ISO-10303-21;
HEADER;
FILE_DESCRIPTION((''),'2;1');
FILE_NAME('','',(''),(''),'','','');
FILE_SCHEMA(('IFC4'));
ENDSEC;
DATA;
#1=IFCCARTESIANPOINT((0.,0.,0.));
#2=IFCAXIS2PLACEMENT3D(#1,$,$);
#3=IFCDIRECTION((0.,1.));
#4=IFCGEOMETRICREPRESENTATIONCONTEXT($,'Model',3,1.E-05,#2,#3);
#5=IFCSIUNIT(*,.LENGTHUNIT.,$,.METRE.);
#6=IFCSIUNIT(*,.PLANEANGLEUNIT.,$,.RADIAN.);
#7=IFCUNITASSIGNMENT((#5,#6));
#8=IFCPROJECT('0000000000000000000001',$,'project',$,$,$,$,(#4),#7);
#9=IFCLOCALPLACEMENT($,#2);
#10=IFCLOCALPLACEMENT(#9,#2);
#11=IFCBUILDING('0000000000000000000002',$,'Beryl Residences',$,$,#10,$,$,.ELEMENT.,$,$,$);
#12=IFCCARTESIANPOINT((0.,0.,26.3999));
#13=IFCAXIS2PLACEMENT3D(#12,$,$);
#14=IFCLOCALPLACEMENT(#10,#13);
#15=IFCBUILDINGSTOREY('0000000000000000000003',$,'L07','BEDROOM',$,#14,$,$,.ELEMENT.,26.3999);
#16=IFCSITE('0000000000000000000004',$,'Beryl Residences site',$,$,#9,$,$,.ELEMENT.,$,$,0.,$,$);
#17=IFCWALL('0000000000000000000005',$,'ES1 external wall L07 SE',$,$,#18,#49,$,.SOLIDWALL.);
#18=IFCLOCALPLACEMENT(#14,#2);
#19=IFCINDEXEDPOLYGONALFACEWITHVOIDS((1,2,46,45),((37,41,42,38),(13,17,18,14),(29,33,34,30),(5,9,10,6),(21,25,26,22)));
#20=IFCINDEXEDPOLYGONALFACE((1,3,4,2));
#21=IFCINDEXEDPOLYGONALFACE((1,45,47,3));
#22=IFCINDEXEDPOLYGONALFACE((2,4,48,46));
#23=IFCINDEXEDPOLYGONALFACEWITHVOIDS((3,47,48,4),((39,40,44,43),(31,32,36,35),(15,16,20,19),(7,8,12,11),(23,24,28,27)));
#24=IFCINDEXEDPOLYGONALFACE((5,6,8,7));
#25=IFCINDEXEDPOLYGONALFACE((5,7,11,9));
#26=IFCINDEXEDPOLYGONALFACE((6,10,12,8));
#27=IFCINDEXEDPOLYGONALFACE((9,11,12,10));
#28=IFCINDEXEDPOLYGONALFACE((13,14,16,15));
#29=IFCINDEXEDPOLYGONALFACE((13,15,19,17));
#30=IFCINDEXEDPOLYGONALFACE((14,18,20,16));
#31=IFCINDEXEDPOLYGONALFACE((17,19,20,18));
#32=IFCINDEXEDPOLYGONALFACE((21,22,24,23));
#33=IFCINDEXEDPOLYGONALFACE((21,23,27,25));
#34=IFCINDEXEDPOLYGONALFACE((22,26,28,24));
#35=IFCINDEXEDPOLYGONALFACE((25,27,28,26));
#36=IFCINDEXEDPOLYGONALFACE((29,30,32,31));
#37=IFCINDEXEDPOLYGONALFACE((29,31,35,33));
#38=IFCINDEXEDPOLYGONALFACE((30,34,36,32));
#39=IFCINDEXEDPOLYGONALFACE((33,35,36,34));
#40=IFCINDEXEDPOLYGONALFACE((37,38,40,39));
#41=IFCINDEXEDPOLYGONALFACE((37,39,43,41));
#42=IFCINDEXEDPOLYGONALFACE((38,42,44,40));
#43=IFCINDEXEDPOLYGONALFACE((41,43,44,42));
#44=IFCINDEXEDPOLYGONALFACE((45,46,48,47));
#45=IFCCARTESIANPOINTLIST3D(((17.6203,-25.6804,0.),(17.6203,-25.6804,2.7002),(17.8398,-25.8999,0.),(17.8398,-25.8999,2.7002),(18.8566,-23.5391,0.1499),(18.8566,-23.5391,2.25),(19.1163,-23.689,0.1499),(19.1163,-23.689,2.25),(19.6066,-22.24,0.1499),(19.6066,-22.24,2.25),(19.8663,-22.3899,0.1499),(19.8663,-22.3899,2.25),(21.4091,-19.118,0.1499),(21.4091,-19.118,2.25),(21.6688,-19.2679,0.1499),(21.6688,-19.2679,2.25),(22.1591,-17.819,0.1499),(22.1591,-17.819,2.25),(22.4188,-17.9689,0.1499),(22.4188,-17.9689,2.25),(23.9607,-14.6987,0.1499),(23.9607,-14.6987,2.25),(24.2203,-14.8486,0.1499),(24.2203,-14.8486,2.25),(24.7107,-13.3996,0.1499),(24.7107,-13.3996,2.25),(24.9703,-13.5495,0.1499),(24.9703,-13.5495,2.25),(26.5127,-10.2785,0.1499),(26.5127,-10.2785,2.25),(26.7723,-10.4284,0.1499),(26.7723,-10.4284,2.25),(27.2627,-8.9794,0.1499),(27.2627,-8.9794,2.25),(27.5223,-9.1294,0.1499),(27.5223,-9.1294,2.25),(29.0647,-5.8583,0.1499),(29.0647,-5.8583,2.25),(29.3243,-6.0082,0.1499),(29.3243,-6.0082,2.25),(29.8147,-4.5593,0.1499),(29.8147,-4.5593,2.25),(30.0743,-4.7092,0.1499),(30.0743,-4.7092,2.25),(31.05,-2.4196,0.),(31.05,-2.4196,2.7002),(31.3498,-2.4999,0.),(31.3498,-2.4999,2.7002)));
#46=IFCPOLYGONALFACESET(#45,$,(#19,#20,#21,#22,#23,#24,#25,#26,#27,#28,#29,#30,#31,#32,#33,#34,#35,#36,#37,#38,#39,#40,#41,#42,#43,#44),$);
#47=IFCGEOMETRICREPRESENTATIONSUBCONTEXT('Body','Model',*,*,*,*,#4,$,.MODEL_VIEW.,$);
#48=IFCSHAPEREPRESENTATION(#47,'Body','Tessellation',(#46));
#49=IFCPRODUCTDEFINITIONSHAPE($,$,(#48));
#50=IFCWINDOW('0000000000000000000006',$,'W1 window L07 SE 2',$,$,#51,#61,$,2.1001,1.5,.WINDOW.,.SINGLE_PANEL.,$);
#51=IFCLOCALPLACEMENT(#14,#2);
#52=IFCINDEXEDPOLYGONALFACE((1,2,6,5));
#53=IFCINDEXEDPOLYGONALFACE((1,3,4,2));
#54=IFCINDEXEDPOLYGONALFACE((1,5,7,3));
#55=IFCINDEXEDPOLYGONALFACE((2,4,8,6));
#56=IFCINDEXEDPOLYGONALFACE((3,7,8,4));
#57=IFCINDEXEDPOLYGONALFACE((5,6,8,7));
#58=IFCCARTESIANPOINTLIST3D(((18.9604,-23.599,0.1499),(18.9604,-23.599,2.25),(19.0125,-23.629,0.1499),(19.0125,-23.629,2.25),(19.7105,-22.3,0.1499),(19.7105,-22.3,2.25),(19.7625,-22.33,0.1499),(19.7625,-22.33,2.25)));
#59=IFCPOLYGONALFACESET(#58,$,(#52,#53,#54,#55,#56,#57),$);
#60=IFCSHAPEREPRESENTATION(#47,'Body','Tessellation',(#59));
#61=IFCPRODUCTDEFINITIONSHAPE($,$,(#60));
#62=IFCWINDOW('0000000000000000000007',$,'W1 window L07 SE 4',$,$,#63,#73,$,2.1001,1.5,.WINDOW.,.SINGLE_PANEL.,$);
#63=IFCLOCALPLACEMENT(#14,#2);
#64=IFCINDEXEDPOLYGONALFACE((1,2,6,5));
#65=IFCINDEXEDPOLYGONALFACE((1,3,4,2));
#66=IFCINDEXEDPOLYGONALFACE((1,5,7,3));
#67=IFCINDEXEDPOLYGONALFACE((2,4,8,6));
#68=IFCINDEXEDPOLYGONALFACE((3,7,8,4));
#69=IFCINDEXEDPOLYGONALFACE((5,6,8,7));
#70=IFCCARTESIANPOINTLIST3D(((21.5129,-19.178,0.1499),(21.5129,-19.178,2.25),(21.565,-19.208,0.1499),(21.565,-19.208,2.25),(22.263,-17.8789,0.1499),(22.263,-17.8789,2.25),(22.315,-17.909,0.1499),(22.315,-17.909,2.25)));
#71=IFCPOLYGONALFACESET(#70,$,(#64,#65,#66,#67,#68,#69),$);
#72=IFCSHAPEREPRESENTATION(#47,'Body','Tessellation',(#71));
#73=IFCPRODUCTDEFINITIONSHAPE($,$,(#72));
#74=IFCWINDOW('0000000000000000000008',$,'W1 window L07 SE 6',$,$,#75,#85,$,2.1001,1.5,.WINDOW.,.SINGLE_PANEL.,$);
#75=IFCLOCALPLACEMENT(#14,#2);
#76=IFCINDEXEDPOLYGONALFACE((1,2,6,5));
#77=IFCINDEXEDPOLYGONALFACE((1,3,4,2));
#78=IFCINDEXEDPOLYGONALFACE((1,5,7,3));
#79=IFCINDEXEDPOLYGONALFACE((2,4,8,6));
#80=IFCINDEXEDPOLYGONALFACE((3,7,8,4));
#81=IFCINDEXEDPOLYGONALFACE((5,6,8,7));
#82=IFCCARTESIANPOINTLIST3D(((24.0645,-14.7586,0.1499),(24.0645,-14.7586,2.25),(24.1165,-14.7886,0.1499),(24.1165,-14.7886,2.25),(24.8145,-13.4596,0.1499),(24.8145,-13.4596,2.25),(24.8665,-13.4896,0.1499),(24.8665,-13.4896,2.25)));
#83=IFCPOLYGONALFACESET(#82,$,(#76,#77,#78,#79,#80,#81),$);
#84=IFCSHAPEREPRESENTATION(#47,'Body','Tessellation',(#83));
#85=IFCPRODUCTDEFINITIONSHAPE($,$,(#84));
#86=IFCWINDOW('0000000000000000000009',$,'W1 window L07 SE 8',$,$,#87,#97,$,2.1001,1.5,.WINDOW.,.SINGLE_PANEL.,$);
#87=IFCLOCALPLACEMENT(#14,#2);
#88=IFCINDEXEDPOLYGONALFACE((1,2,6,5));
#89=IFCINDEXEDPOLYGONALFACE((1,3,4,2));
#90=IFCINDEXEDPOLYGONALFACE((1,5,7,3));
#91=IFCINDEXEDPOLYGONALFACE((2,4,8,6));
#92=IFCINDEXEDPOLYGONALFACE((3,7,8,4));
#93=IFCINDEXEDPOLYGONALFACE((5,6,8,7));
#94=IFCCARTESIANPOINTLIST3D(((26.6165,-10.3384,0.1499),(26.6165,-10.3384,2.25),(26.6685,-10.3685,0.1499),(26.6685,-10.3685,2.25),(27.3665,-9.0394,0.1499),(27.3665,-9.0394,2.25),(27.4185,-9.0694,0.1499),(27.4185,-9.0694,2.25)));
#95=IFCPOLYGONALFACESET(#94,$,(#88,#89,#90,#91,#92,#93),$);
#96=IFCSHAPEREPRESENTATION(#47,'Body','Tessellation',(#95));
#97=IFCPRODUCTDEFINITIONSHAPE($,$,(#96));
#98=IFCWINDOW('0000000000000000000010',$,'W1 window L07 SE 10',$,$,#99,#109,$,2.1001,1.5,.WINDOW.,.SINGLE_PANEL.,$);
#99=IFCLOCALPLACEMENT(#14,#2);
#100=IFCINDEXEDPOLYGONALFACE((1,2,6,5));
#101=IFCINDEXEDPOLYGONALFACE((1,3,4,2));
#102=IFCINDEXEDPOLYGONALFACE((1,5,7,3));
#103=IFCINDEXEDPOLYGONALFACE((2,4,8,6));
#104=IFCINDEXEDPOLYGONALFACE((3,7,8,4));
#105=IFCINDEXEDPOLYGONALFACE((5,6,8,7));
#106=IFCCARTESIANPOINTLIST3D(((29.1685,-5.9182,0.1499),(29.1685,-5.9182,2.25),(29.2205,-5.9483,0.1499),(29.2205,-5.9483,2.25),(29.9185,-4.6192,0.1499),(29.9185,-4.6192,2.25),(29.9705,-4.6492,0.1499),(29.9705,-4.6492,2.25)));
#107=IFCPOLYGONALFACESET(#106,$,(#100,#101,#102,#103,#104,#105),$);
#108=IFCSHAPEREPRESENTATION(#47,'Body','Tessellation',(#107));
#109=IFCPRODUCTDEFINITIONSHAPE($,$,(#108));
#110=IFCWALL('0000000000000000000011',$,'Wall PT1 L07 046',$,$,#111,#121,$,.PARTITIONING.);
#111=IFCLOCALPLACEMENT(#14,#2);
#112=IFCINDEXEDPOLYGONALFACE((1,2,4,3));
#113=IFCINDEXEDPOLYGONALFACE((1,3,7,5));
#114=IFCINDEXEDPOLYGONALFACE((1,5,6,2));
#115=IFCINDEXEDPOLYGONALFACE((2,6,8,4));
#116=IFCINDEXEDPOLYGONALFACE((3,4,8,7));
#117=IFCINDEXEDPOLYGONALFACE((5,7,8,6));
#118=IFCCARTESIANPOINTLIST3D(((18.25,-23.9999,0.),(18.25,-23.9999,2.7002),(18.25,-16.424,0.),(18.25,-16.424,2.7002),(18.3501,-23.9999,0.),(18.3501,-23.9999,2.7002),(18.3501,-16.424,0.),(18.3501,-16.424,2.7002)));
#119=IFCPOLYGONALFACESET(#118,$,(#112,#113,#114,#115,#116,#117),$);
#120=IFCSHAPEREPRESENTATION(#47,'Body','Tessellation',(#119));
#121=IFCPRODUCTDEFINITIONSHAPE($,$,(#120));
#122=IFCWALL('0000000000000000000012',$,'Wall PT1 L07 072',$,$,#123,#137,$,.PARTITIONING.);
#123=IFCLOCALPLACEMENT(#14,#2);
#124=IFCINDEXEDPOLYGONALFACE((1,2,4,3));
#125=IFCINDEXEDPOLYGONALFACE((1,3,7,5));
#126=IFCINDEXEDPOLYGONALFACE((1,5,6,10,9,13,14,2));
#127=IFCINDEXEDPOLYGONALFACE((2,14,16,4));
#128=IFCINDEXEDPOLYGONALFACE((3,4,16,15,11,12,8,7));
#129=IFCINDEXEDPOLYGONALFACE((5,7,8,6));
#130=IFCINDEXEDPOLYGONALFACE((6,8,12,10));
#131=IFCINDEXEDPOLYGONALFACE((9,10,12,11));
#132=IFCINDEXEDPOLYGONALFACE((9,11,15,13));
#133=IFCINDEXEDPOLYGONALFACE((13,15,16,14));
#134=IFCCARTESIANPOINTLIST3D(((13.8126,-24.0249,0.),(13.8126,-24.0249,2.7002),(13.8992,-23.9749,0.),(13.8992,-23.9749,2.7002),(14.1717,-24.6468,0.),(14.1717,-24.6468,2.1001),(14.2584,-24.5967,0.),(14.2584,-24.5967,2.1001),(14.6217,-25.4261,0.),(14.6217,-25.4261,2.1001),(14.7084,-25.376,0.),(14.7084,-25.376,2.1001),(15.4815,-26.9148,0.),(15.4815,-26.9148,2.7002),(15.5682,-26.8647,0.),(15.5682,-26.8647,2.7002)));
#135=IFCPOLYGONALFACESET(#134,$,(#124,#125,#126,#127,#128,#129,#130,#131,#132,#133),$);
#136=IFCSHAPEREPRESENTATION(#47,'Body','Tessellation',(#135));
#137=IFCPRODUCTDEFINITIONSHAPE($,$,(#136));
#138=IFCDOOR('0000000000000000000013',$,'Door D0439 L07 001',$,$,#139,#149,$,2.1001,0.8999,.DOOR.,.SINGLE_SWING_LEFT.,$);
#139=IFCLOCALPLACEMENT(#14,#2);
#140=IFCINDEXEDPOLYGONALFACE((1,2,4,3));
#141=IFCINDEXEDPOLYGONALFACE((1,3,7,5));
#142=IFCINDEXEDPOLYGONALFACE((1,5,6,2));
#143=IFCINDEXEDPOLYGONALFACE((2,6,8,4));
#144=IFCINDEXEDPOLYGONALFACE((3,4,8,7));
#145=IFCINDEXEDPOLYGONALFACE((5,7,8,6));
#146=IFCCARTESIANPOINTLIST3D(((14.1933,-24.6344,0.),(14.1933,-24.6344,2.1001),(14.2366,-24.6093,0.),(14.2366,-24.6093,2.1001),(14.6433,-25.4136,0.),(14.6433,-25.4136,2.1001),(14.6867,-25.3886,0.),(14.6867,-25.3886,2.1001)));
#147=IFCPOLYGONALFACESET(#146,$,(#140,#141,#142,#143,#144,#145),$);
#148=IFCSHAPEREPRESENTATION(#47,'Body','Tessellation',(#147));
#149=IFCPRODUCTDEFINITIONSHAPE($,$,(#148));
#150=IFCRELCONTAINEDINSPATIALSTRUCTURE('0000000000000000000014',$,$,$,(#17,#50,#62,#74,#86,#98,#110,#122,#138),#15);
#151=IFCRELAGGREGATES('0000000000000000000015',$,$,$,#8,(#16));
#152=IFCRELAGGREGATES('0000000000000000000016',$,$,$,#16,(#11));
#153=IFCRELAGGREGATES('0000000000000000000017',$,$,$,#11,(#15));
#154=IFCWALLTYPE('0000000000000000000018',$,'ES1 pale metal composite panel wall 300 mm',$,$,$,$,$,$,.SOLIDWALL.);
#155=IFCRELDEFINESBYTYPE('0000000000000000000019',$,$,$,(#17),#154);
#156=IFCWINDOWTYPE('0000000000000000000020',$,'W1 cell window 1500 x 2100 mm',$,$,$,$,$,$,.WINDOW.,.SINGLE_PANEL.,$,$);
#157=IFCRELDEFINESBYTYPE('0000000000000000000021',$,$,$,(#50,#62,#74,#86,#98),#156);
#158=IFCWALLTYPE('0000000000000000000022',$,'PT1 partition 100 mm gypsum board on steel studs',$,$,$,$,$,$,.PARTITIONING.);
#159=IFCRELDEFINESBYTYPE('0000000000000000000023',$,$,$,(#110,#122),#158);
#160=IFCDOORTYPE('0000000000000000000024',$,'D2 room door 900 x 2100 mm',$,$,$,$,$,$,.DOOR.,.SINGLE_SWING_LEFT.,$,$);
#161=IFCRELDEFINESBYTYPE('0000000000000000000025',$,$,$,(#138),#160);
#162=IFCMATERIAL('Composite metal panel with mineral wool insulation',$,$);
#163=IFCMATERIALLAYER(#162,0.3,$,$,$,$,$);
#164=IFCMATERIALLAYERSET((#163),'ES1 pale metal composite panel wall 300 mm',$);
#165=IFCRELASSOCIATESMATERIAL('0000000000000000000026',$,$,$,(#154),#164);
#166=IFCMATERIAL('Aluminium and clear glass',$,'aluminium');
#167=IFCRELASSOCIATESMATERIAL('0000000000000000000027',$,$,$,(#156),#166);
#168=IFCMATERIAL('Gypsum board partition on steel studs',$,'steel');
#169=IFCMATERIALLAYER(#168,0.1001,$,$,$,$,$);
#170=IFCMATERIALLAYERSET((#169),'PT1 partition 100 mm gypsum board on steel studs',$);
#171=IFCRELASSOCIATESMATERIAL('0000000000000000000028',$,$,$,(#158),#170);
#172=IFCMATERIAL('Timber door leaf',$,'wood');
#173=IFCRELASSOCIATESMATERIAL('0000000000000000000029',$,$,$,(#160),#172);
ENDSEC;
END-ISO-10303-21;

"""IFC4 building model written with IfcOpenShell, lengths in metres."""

from ifc_helpers import new_model, si_unit, direction, frame, frame_2d, origin, place, context, subcontext, project, spatial, polyline, rectangle, outline, extrude, material, layer, layer_set, type_object, element, fill, save


model = new_model("IFC4")

# Units and contexts
model_context = context("Model", 3, precision=1e-05, world=origin(), true_north=direction((0.0, 1.0)))
body_context = subcontext(model_context, "Body", "Model", "MODEL_VIEW")
ifc_project = project(units=[si_unit("LENGTHUNIT", "METRE"), si_unit("PLANEANGLEUNIT", "RADIAN")], contexts=[model_context])

# Site, building, storey
site_placement = place(None, origin())
site = spatial("IfcSite", under=ifc_project, at=site_placement, Name="Beryl Residences site", CompositionType="ELEMENT", RefElevation=0.0)
building_placement = place(site_placement, origin())
building = spatial("IfcBuilding", under=site, at=building_placement, Name="Beryl Residences", CompositionType="ELEMENT")
storey_placement = place(building_placement, frame((0.0, 0.0, 26.3999)))
storey = spatial("IfcBuildingStorey", under=building, at=storey_placement, Name="L07", Description="BEDROOM", CompositionType="ELEMENT", Elevation=26.3999)

# Shared definitions
ifc_material_1 = material(Name="Composite metal panel with mineral wool insulation")
ifc_layer_1 = layer(ifc_material_1, 0.3)
ifc_layer_set_1 = layer_set([ifc_layer_1], Name="ES1 pale metal composite panel wall 300 mm")
wall_type_1 = type_object("IfcWallType", Name="ES1 pale metal composite panel wall 300 mm", PredefinedType="SOLIDWALL", material=ifc_layer_set_1)

# Wall, openings, windows
wall_1_placement = place(storey_placement, frame((17.71, -25.825, 0.0), z_axis=(0.0, 0.0, 1.0), x_axis=(0.500002, 0.866024, 0.0)))
wall_1 = element("IfcWall", 1, at=wall_1_placement, inside=storey, type_object=wall_type_1, Name="ES1 external wall L07 SE", PredefinedType="SOLIDWALL", context=body_context, shape_type="SweptSolid", body=[
    extrude(outline(polyline([(0.0, -0.1499), (27.02, -0.1499), (26.9397, 0.1499), (0.0803, 0.1499), (0.0, -0.1499)])), origin(), (0.0, 0.0, 1.0), 2.7002),
])
opening_1_placement = place(wall_1_placement, frame((2.553, 0.0, 0.1499)))
opening_1 = element("IfcOpeningElement", 2, at=opening_1_placement, cuts=wall_1, PredefinedType="OPENING", context=body_context, shape_type="SweptSolid", body=[
    extrude(rectangle(XDim=1.5, YDim=2.1001, at=frame_2d((0.75, 1.05))), frame((0.0, 0.1599, 0.0), z_axis=(0.0, -1.0, 0.0), x_axis=(1.0, 0.0, 0.0)), (0.0, 0.0, 1.0), 0.3201),
])
opening_2_placement = place(wall_1_placement, frame((7.658, 0.0, 0.1499)))
opening_2 = element("IfcOpeningElement", 3, at=opening_2_placement, cuts=wall_1, PredefinedType="OPENING", context=body_context, shape_type="SweptSolid", body=[
    extrude(rectangle(XDim=1.5, YDim=2.1001, at=frame_2d((0.75, 1.05))), frame((0.0, 0.1599, 0.0), z_axis=(0.0, -1.0, 0.0), x_axis=(1.0, 0.0, 0.0)), (0.0, 0.0, 1.0), 0.3201),
])
opening_3_placement = place(wall_1_placement, frame((12.761, 0.0, 0.1499)))
opening_3 = element("IfcOpeningElement", 4, at=opening_3_placement, cuts=wall_1, PredefinedType="OPENING", context=body_context, shape_type="SweptSolid", body=[
    extrude(rectangle(XDim=1.5, YDim=2.1001, at=frame_2d((0.75, 1.05))), frame((0.0, 0.1599, 0.0), z_axis=(0.0, -1.0, 0.0), x_axis=(1.0, 0.0, 0.0)), (0.0, 0.0, 1.0), 0.3201),
])
opening_4_placement = place(wall_1_placement, frame((17.865, 0.0, 0.1499)))
opening_4 = element("IfcOpeningElement", 5, at=opening_4_placement, cuts=wall_1, PredefinedType="OPENING", context=body_context, shape_type="SweptSolid", body=[
    extrude(rectangle(XDim=1.5, YDim=2.1001, at=frame_2d((0.75, 1.05))), frame((0.0, 0.1599, 0.0), z_axis=(0.0, -1.0, 0.0), x_axis=(1.0, 0.0, 0.0)), (0.0, 0.0, 1.0), 0.3201),
])
opening_5_placement = place(wall_1_placement, frame((22.969, 0.0, 0.1499)))
opening_5 = element("IfcOpeningElement", 6, at=opening_5_placement, cuts=wall_1, PredefinedType="OPENING", context=body_context, shape_type="SweptSolid", body=[
    extrude(rectangle(XDim=1.5, YDim=2.1001, at=frame_2d((0.75, 1.05))), frame((0.0, 0.1599, 0.0), z_axis=(0.0, -1.0, 0.0), x_axis=(1.0, 0.0, 0.0)), (0.0, 0.0, 1.0), 0.3201),
])
ifc_material_2 = material(Name="Aluminium and clear glass", Category="aluminium")
window_type_1 = type_object("IfcWindowType", Name="W1 cell window 1500 x 2100 mm", PartitioningType="SINGLE_PANEL", PredefinedType="WINDOW", material=ifc_material_2)
window_1_placement = place(opening_1_placement, origin())
window_1 = element("IfcWindow", 7, at=window_1_placement, inside=storey, type_object=window_type_1, Name="W1 window L07 SE 2", OverallHeight=2.1001, OverallWidth=1.5, PartitioningType="SINGLE_PANEL", PredefinedType="WINDOW", context=body_context, shape_type="SweptSolid", body=[
    extrude(rectangle(XDim=1.5, YDim=2.1001, at=frame_2d((0.75, 1.05))), frame((0.0, 0.03, 0.0), z_axis=(0.0, -1.0, 0.0), x_axis=(1.0, 0.0, 0.0)), (0.0, 0.0, 1.0), 0.0601),
])
fill(opening_1, window_1)
window_2_placement = place(opening_2_placement, origin())
window_2 = element("IfcWindow", 8, at=window_2_placement, inside=storey, type_object=window_type_1, Name="W1 window L07 SE 4", OverallHeight=2.1001, OverallWidth=1.5, PartitioningType="SINGLE_PANEL", PredefinedType="WINDOW", context=body_context, shape_type="SweptSolid", body=[
    extrude(rectangle(XDim=1.5, YDim=2.1001, at=frame_2d((0.75, 1.05))), frame((0.0, 0.03, 0.0), z_axis=(0.0, -1.0, 0.0), x_axis=(1.0, 0.0, 0.0)), (0.0, 0.0, 1.0), 0.0601),
])
fill(opening_2, window_2)
window_3_placement = place(opening_3_placement, origin())
window_3 = element("IfcWindow", 9, at=window_3_placement, inside=storey, type_object=window_type_1, Name="W1 window L07 SE 6", OverallHeight=2.1001, OverallWidth=1.5, PartitioningType="SINGLE_PANEL", PredefinedType="WINDOW", context=body_context, shape_type="SweptSolid", body=[
    extrude(rectangle(XDim=1.5, YDim=2.1001, at=frame_2d((0.75, 1.05))), frame((0.0, 0.03, 0.0), z_axis=(0.0, -1.0, 0.0), x_axis=(1.0, 0.0, 0.0)), (0.0, 0.0, 1.0), 0.0601),
])
fill(opening_3, window_3)
window_4_placement = place(opening_4_placement, origin())
window_4 = element("IfcWindow", 10, at=window_4_placement, inside=storey, type_object=window_type_1, Name="W1 window L07 SE 8", OverallHeight=2.1001, OverallWidth=1.5, PartitioningType="SINGLE_PANEL", PredefinedType="WINDOW", context=body_context, shape_type="SweptSolid", body=[
    extrude(rectangle(XDim=1.5, YDim=2.1001, at=frame_2d((0.75, 1.05))), frame((0.0, 0.03, 0.0), z_axis=(0.0, -1.0, 0.0), x_axis=(1.0, 0.0, 0.0)), (0.0, 0.0, 1.0), 0.0601),
])
fill(opening_4, window_4)
window_5_placement = place(opening_5_placement, origin())
window_5 = element("IfcWindow", 11, at=window_5_placement, inside=storey, type_object=window_type_1, Name="W1 window L07 SE 10", OverallHeight=2.1001, OverallWidth=1.5, PartitioningType="SINGLE_PANEL", PredefinedType="WINDOW", context=body_context, shape_type="SweptSolid", body=[
    extrude(rectangle(XDim=1.5, YDim=2.1001, at=frame_2d((0.75, 1.05))), frame((0.0, 0.03, 0.0), z_axis=(0.0, -1.0, 0.0), x_axis=(1.0, 0.0, 0.0)), (0.0, 0.0, 1.0), 0.0601),
])
fill(opening_5, window_5)

# Wall
ifc_material_3 = material(Name="Gypsum board partition on steel studs", Category="steel")
ifc_layer_2 = layer(ifc_material_3, 0.1001)
ifc_layer_set_2 = layer_set([ifc_layer_2], Name="PT1 partition 100 mm gypsum board on steel studs")
wall_type_2 = type_object("IfcWallType", Name="PT1 partition 100 mm gypsum board on steel studs", PredefinedType="PARTITIONING", material=ifc_layer_set_2)
wall_2_placement = place(storey_placement, frame((18.3, -24.0, 0.0), z_axis=(0.0, 0.0, 1.0), x_axis=(0.0, 1.0, 0.0)))
element("IfcWall", 12, at=wall_2_placement, inside=storey, type_object=wall_type_2, Name="Wall PT1 L07 046", PredefinedType="PARTITIONING", context=body_context, shape_type="SweptSolid", body=[
    extrude(rectangle(XDim=7.5759, YDim=0.1001, at=frame_2d((3.7881, 0.0))), origin(), (0.0, 0.0, 1.0), 2.7002),
])

# Wall, opening, door
wall_3_placement = place(storey_placement, frame((13.856, -24.0, 0.0), z_axis=(0.0, 0.0, 1.0), x_axis=(0.500105, -0.865965, 0.0)))
wall_3 = element("IfcWall", 13, at=wall_3_placement, inside=storey, type_object=wall_type_2, Name="Wall PT1 L07 072", PredefinedType="PARTITIONING", context=body_context, shape_type="SweptSolid", body=[
    extrude(rectangle(XDim=3.3372, YDim=0.1001, at=frame_2d((1.6685, 0.0))), origin(), (0.0, 0.0, 1.0), 2.7002),
])
opening_6_placement = place(wall_3_placement, frame((0.718, 0.0, 0.0)))
opening_6 = element("IfcOpeningElement", 14, at=opening_6_placement, cuts=wall_3, PredefinedType="OPENING", context=body_context, shape_type="SweptSolid", body=[
    extrude(rectangle(XDim=0.8999, YDim=2.1001, at=frame_2d((0.45, 1.05))), frame((0.0, 0.0601, 0.0), z_axis=(0.0, -1.0, 0.0), x_axis=(1.0, 0.0, 0.0)), (0.0, 0.0, 1.0), 0.1201),
])
ifc_material_4 = material(Name="Timber door leaf", Category="wood")
door_type_1 = type_object("IfcDoorType", Name="D2 room door 900 x 2100 mm", OperationType="SINGLE_SWING_LEFT", PredefinedType="DOOR", material=ifc_material_4)
door_1_placement = place(opening_6_placement, origin())
door_1 = element("IfcDoor", 15, at=door_1_placement, inside=storey, type_object=door_type_1, Name="Door D0439 L07 001", OperationType="SINGLE_SWING_LEFT", OverallHeight=2.1001, OverallWidth=0.8999, PredefinedType="DOOR", context=body_context, shape_type="SweptSolid", body=[
    extrude(rectangle(XDim=0.8999, YDim=2.1001, at=frame_2d((0.45, 1.05))), frame((0.0, 0.0249, 0.0), z_axis=(0.0, -1.0, 0.0), x_axis=(1.0, 0.0, 0.0)), (0.0, 0.0, 1.0), 0.05),
])
fill(opening_6, door_1)

save(model, "model.ifc")
